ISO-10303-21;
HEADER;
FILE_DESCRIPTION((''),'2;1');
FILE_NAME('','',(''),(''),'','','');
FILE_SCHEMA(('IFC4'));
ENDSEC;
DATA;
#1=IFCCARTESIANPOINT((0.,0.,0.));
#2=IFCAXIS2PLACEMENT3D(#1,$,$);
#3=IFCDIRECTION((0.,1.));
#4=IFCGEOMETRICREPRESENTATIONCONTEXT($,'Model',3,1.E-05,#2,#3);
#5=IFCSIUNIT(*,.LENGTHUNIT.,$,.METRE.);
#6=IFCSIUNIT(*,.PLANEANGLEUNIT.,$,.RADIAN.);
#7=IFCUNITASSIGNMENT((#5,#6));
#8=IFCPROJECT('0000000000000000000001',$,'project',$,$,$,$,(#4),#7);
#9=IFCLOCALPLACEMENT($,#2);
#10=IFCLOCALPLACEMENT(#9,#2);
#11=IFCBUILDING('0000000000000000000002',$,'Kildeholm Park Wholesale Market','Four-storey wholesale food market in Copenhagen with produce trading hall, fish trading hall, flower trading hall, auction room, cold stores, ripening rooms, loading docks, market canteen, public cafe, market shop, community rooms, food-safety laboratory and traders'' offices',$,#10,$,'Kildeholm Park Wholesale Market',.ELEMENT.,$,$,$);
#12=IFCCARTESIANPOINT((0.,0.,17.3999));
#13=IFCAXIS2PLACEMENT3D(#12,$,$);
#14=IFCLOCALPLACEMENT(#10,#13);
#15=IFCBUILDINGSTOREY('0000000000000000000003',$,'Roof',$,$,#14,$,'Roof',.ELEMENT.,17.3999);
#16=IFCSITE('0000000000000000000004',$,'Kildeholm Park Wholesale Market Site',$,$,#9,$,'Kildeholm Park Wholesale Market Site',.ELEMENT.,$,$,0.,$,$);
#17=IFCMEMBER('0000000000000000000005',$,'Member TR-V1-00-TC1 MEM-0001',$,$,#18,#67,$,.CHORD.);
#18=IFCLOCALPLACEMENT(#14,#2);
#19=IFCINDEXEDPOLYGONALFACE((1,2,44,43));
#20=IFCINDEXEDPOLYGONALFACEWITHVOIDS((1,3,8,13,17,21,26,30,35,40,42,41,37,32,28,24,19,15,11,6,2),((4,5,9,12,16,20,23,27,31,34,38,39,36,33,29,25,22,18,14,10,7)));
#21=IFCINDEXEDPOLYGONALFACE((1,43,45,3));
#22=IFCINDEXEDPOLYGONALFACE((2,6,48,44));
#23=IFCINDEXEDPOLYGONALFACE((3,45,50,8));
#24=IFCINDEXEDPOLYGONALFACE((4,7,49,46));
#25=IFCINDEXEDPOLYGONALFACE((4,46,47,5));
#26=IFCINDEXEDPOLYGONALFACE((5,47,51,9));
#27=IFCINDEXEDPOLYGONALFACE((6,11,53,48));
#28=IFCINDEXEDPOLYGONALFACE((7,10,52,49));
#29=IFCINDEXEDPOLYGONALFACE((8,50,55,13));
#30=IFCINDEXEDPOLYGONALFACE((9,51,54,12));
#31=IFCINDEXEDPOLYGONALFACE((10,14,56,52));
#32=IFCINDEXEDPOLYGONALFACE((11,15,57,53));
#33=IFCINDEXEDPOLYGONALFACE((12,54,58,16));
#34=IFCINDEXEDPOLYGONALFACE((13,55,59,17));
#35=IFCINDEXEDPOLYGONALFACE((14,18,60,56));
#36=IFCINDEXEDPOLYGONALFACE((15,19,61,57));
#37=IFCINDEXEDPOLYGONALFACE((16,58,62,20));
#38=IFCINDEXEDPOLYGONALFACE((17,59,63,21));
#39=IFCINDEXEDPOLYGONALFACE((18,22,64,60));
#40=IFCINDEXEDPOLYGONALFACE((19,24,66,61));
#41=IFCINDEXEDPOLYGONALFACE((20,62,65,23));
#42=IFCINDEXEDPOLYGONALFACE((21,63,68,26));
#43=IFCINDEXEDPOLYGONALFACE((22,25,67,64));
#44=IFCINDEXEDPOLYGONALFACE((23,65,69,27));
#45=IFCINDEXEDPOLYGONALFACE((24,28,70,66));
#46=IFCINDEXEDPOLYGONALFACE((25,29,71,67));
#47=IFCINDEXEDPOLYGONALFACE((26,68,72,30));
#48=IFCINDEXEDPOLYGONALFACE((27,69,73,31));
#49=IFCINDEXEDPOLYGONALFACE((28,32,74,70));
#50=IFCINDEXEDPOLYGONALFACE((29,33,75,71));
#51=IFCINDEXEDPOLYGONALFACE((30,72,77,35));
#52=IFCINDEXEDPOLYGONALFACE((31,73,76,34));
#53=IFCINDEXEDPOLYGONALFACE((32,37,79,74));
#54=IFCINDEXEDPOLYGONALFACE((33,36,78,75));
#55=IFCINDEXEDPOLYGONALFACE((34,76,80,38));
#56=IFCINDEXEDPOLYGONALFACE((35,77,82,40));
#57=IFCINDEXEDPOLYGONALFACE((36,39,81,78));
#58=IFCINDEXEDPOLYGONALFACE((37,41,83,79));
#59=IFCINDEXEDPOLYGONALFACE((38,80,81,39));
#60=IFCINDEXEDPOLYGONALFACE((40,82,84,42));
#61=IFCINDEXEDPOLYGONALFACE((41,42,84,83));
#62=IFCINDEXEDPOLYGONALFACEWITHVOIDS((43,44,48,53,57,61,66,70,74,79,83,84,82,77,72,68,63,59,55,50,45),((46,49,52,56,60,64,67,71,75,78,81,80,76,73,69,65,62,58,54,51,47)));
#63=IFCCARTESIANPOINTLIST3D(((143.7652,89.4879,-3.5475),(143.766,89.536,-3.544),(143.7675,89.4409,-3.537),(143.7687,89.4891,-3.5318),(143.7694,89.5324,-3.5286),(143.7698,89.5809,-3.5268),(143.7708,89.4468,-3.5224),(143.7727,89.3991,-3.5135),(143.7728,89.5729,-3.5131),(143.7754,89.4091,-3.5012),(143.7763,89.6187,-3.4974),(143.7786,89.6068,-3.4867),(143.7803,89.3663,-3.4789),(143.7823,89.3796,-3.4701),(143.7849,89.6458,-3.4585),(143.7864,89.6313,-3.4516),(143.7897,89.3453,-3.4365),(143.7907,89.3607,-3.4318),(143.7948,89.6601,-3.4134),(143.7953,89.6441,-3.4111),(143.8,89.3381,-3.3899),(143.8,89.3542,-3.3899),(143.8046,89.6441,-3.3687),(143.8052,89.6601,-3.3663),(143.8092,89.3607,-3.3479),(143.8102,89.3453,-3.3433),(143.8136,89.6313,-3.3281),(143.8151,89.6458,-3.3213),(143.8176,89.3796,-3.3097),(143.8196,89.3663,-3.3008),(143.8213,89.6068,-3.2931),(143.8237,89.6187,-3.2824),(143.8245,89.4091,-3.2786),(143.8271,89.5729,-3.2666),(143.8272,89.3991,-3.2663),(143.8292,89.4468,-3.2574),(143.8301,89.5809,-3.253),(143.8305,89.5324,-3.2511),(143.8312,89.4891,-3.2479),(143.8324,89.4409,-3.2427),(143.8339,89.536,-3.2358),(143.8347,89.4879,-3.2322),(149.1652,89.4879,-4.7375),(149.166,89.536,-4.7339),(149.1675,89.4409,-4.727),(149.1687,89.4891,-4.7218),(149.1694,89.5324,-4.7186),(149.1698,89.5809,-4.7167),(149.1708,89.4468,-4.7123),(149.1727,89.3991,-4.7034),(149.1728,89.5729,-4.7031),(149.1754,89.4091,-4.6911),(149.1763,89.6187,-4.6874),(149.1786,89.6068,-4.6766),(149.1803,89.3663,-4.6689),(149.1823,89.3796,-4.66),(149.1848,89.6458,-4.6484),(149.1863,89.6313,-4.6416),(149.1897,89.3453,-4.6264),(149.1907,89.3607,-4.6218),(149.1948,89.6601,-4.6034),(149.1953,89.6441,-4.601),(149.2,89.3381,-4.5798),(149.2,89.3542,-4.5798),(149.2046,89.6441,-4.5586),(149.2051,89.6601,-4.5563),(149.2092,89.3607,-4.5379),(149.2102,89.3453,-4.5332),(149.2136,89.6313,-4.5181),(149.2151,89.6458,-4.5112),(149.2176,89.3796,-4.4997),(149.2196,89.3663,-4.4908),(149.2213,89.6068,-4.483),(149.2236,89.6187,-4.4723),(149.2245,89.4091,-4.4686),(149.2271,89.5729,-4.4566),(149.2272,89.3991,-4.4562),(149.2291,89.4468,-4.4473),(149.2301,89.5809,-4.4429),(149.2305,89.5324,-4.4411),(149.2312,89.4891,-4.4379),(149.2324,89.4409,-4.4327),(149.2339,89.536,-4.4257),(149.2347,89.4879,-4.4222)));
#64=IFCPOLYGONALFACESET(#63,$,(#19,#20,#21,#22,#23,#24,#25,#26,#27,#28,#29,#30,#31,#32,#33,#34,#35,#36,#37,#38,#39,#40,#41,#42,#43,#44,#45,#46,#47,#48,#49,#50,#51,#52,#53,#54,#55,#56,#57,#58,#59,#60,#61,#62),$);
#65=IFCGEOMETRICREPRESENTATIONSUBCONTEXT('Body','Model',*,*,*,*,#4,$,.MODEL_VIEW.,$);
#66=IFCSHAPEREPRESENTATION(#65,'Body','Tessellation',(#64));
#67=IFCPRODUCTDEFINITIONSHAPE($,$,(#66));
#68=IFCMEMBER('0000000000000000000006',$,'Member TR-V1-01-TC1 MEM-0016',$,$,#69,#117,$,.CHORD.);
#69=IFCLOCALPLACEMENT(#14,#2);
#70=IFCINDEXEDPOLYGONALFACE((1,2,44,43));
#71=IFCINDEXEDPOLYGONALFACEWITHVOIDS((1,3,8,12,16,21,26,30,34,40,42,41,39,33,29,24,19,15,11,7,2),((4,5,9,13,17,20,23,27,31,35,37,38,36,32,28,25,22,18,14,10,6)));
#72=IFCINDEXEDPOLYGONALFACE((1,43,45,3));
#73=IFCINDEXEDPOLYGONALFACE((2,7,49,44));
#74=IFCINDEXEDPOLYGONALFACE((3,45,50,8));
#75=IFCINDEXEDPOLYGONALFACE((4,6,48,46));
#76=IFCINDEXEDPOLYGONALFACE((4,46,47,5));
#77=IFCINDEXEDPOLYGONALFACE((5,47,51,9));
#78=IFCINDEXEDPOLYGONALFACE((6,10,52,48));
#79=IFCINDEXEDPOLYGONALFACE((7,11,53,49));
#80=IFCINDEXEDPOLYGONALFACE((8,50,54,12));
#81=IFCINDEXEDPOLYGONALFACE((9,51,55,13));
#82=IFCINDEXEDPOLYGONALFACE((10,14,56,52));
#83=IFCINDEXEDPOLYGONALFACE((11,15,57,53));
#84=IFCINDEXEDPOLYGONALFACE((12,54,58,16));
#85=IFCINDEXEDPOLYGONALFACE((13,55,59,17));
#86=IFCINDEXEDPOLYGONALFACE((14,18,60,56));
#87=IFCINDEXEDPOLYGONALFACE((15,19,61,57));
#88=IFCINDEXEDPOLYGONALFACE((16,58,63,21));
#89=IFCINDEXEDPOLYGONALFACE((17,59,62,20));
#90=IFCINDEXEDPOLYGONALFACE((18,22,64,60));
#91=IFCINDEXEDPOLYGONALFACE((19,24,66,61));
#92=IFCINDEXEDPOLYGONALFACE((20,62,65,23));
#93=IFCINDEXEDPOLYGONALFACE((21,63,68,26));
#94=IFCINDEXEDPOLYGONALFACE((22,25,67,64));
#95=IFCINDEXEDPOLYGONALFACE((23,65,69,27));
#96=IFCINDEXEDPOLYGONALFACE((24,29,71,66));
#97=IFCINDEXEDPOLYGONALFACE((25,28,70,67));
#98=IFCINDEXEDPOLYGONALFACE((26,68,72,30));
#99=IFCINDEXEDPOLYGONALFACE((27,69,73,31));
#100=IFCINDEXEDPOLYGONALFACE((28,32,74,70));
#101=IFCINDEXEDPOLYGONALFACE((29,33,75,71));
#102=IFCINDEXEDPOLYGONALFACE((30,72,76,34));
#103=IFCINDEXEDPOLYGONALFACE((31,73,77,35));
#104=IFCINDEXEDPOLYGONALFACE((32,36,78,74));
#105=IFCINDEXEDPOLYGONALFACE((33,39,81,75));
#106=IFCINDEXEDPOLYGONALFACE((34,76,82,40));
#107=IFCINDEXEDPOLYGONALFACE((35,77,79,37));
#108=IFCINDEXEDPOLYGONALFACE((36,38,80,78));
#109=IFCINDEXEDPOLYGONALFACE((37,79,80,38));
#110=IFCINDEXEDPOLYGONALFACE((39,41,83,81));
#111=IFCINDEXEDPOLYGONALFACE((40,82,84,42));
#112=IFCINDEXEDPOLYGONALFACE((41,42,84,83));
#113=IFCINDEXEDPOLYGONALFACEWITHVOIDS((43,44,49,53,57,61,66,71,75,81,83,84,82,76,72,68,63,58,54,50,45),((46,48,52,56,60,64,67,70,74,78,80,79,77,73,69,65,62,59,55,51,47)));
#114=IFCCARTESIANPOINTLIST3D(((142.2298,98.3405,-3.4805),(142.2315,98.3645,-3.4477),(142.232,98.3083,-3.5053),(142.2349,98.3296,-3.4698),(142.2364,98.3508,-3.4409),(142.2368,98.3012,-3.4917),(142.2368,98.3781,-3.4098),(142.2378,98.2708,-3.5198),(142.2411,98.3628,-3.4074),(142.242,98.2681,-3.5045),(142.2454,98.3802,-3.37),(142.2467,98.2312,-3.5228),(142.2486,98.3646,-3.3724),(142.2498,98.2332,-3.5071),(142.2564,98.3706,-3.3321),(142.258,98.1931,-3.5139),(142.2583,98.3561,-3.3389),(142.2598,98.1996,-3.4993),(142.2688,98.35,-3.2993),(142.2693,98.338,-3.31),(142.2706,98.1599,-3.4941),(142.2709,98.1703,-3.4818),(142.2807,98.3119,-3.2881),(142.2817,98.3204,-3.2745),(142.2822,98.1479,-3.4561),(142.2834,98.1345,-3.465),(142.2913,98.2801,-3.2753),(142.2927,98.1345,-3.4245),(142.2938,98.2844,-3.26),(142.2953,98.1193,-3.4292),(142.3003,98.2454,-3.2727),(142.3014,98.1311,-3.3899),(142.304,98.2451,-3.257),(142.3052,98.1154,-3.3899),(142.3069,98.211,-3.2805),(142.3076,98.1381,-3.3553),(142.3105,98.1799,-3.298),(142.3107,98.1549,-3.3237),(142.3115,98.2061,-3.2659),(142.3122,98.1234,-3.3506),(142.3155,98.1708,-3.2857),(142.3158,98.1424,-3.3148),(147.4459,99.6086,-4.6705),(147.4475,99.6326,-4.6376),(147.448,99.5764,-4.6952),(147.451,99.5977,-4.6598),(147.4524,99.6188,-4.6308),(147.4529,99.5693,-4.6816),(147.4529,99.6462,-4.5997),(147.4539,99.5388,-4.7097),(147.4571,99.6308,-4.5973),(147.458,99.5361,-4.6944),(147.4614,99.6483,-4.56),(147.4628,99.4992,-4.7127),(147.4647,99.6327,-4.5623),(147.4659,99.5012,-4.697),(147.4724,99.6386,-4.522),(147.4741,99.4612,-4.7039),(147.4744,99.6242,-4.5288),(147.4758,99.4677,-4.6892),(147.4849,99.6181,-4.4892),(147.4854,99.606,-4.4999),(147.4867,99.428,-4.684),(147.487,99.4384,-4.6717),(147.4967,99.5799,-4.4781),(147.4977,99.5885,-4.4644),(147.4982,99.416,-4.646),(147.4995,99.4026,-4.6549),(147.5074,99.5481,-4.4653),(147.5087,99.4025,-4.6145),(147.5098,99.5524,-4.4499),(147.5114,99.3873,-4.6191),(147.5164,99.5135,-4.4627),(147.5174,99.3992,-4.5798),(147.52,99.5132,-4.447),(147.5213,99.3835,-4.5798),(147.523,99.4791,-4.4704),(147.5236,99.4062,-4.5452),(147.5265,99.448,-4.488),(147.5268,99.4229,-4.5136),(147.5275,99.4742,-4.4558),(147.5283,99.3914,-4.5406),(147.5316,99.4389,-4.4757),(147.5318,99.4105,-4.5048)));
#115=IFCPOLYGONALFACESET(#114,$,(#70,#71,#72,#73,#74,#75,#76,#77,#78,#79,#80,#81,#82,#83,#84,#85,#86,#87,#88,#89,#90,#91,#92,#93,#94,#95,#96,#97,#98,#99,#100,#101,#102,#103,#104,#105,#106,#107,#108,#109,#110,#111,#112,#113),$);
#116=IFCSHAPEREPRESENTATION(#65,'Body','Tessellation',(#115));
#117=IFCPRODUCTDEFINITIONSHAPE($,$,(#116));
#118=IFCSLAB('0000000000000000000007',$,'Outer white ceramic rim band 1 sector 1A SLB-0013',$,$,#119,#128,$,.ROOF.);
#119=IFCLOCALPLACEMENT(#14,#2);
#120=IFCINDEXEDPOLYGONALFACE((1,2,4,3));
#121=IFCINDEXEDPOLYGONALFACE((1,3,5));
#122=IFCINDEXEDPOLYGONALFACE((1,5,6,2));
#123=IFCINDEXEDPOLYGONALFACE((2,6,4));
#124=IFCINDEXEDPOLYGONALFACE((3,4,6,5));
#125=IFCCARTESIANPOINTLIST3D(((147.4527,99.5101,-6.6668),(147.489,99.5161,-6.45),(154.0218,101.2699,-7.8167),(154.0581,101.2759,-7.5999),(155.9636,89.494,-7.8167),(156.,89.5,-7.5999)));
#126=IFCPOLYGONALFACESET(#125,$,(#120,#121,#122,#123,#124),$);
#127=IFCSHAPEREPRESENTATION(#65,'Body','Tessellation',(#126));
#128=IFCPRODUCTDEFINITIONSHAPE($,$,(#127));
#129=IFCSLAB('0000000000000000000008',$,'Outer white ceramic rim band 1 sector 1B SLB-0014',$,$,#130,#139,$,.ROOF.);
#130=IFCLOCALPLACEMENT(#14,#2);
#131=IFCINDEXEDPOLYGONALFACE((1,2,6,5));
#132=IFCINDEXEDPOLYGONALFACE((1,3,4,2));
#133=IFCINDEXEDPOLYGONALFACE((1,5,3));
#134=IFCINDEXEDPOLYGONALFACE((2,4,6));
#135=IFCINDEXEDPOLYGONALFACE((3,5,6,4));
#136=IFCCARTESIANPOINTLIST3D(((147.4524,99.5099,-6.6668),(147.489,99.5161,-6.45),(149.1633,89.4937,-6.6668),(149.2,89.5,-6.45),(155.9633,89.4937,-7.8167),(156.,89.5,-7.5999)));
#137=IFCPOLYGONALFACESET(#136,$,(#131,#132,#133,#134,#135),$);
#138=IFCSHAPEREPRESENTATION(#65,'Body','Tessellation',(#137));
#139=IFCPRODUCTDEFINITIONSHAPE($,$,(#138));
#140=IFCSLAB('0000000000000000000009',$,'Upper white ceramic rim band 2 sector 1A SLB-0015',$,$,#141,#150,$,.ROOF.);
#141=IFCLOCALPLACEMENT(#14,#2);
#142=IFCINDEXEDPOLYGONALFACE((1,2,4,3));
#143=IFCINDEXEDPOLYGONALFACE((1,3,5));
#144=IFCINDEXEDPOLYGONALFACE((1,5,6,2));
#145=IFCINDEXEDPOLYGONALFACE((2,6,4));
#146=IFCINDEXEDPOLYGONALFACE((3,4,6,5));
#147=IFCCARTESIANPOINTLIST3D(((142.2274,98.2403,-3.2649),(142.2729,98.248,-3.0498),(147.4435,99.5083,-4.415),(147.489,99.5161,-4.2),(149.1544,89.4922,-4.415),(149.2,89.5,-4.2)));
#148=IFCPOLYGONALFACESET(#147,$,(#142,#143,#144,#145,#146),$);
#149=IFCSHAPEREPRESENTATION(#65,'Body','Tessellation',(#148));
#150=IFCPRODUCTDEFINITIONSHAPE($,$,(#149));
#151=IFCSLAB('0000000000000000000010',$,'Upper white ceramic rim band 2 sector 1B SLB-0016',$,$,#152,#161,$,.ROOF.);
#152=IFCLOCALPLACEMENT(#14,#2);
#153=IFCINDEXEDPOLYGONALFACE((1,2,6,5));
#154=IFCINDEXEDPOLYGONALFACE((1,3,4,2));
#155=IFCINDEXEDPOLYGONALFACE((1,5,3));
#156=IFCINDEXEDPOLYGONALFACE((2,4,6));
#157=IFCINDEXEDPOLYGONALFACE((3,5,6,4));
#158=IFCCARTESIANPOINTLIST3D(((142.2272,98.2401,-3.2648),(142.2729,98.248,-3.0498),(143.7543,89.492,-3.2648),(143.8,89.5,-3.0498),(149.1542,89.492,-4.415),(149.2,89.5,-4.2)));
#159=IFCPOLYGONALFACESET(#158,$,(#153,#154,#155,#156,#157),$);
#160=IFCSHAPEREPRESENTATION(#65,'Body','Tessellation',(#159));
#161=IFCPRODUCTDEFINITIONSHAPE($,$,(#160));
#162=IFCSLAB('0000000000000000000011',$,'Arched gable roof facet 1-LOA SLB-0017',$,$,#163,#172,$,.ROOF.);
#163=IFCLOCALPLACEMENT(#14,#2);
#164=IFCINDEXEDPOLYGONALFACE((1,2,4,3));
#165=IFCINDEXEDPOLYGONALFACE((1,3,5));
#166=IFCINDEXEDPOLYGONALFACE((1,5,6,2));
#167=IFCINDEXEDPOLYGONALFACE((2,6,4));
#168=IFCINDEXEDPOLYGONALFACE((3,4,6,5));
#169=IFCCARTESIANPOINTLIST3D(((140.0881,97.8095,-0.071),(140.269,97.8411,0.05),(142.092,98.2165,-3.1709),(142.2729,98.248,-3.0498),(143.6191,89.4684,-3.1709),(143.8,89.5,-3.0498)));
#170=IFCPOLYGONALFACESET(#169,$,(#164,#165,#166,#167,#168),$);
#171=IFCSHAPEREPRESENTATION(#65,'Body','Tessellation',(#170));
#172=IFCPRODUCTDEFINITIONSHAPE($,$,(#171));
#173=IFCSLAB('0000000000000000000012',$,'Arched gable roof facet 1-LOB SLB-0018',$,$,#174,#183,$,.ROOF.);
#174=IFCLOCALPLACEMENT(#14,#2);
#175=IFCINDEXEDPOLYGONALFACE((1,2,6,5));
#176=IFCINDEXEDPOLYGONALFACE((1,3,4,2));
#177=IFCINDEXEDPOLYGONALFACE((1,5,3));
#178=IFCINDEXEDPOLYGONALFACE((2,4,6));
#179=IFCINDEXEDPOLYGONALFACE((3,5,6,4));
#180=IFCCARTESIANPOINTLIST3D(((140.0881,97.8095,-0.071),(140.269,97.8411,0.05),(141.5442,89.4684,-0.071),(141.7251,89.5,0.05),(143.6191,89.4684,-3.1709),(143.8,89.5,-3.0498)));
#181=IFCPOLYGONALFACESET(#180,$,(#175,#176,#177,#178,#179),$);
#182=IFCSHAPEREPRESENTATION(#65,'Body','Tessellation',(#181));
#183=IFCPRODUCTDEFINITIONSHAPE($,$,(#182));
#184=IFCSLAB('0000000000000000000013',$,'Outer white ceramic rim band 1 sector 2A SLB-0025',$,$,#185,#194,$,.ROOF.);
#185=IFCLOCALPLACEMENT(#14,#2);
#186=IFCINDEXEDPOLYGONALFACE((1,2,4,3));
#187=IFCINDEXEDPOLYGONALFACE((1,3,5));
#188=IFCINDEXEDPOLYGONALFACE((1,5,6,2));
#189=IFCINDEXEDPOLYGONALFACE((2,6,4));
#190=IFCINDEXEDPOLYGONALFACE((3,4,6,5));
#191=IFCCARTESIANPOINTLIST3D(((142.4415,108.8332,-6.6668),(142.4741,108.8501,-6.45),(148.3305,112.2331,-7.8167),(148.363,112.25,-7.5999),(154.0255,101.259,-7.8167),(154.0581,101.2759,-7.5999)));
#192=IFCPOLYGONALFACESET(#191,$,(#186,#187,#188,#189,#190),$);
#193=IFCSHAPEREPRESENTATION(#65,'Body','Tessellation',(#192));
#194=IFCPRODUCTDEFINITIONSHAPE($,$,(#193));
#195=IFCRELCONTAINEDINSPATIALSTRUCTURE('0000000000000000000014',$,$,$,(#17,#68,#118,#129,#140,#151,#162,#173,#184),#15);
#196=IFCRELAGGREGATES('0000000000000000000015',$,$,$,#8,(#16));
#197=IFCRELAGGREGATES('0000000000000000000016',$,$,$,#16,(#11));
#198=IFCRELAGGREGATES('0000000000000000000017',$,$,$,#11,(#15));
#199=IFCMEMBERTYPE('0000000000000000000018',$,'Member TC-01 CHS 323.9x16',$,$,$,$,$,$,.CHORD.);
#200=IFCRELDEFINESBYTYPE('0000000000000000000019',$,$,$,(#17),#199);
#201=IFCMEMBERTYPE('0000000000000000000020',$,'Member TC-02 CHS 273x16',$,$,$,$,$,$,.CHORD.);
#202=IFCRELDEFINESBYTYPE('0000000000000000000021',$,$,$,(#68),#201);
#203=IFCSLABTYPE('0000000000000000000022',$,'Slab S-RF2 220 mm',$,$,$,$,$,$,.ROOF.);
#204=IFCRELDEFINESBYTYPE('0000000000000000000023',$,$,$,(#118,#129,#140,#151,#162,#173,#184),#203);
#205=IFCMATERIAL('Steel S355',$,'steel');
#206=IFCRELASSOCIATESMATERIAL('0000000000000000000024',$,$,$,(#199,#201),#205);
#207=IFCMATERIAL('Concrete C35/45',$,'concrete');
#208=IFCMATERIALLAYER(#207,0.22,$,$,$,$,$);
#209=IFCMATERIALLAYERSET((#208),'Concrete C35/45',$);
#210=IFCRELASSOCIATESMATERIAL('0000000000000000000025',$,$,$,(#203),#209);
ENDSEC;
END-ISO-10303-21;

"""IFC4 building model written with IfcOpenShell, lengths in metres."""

from ifc_helpers import new_model, si_unit, direction, frame, origin, origin_2d, place, context, subcontext, project, spatial, polyline, hollow_circle, outline, extrude, material, layer, layer_set, material_profile, profile_set, type_object, element, save


model = new_model("IFC4")

# Units and contexts
model_context = context("Model", 3, precision=1e-05, world=origin(), true_north=direction((0.0, 1.0)))
body_context = subcontext(model_context, "Body", "Model", "MODEL_VIEW")
ifc_project = project(units=[si_unit("LENGTHUNIT", "METRE"), si_unit("PLANEANGLEUNIT", "RADIAN")], contexts=[model_context])

# Site, building, storey
site_placement = place(None, origin())
site = spatial("IfcSite", under=ifc_project, at=site_placement, Name="Kildeholm Park Wholesale Market Site", LongName="Kildeholm Park Wholesale Market Site", CompositionType="ELEMENT", RefElevation=0.0)
building_placement = place(site_placement, origin())
building = spatial("IfcBuilding", under=site, at=building_placement, Name="Kildeholm Park Wholesale Market", Description="Four-storey wholesale food market in Copenhagen with produce trading hall, fish trading hall, flower trading hall, auction room, cold stores, ripening rooms, loading docks, market canteen, public cafe, market shop, community rooms, food-safety laboratory and traders' offices", LongName="Kildeholm Park Wholesale Market", CompositionType="ELEMENT")
storey_placement = place(building_placement, frame((0.0, 0.0, 17.3999)))
storey = spatial("IfcBuildingStorey", under=building, at=storey_placement, Name="Roof", LongName="Roof", CompositionType="ELEMENT", Elevation=17.3999)

# Shared definitions
ifc_material_1 = material(Name="Steel S355", Category="steel")

# Members
ifc_material_profile_1 = material_profile(ifc_material_1, hollow_circle(Radius=0.1619, WallThickness=0.0161, at=origin_2d()), Name="CHS 323.9x16")
ifc_profile_set_1 = profile_set([ifc_material_profile_1], Name="Steel S355")
member_type_1 = type_object("IfcMemberType", Name="Member TC-01 CHS 323.9x16", PredefinedType="CHORD", material=ifc_profile_set_1)
member_1_placement = place(storey_placement, frame((149.2, 89.5, -4.5798), z_axis=(-0.97657, 0.0, 0.2152), x_axis=(0.0, -1.0, 0.0)))
element("IfcMember", 1, at=member_1_placement, inside=storey, type_object=member_type_1, Name="Member TR-V1-00-TC1 MEM-0001", PredefinedType="CHORD", context=body_context, shape_type="SweptSolid", body=[
    extrude(hollow_circle(Radius=0.1619, WallThickness=0.0161, at=origin_2d()), origin(), (0.0, 0.0, 1.0), 5.5295),
])
ifc_material_profile_2 = material_profile(ifc_material_1, hollow_circle(Radius=0.1365, WallThickness=0.0161, at=origin_2d()), Name="CHS 273x16")
ifc_profile_set_2 = profile_set([ifc_material_profile_2], Name="Steel S355")
member_type_2 = type_object("IfcMemberType", Name="Member TC-02 CHS 273x16", PredefinedType="CHORD", material=ifc_profile_set_2)
member_2_placement = place(storey_placement, frame((147.489, 99.5161, -4.5798), z_axis=(-0.948669, -0.230629, 0.21642), x_axis=(0.236227, -0.971698, 0.0)))
element("IfcMember", 2, at=member_2_placement, inside=storey, type_object=member_type_2, Name="Member TR-V1-01-TC1 MEM-0016", PredefinedType="CHORD", context=body_context, shape_type="SweptSolid", body=[
    extrude(hollow_circle(Radius=0.1365, WallThickness=0.0161, at=origin_2d()), origin(), (0.0, 0.0, 1.0), 5.4983),
])

# Slabs
ifc_material_2 = material(Name="Concrete C35/45", Category="concrete")
ifc_layer_1 = layer(ifc_material_2, 0.22)
ifc_layer_set_1 = layer_set([ifc_layer_1], Name="Concrete C35/45")
slab_type = type_object("IfcSlabType", Name="Slab S-RF2 220 mm", PredefinedType="ROOF", material=ifc_layer_set_1)
slab_1_placement = place(storey_placement, frame((156.0, 89.5, -7.5999), z_axis=(0.165273, 0.027254, 0.985871), x_axis=(-0.162707, 0.986674, 0.0)))
element("IfcSlab", 3, at=slab_1_placement, inside=storey, type_object=slab_type, Name="Outer white ceramic rim band 1 sector 1A SLB-0013", PredefinedType="ROOF", context=body_context, shape_type="SweptSolid", body=[
    extrude(outline(polyline([(0.0, 0.0), (11.9349, 0.0), (11.2674, 6.8649), (0.0, 0.0)])), origin(), (0.0, 0.0, -1.0), 0.22),
])
slab_2_placement = place(storey_placement, frame((156.0, 89.5, -7.5999), z_axis=(0.166667, 0.02847, 0.985602), x_axis=(-0.645065, 0.759141, 0.087153)))
element("IfcSlab", 4, at=slab_2_placement, inside=storey, type_object=slab_type, Name="Outer white ceramic rim band 1 sector 1B SLB-0014", PredefinedType="ROOF", context=body_context, shape_type="SweptSolid", body=[
    extrude(outline(polyline([(0.0, 0.0), (13.194, 0.0), (4.4867, 5.2376), (0.0, 0.0)])), origin(), (0.0, 0.0, -1.0), 0.22),
])
slab_3_placement = place(storey_placement, frame((149.2, 89.5, -4.2), z_axis=(0.206989, 0.035358, 0.977704), x_axis=(-0.16838, 0.985722, 0.0)))
element("IfcSlab", 5, at=slab_3_placement, inside=storey, type_object=slab_type, Name="Upper white ceramic rim band 2 sector 1A SLB-0015", PredefinedType="ROOF", context=body_context, shape_type="SweptSolid", body=[
    extrude(outline(polyline([(0.0, 0.0), (10.1612, 0.0), (9.7895, 5.4772), (0.0, 0.0)])), origin(), (0.0, 0.0, -1.0), 0.22),
])
slab_4_placement = place(storey_placement, frame((149.2, 89.5, -4.2), z_axis=(0.208183, 0.036341, 0.977414), x_axis=(-0.617512, 0.77985, 0.102531)))
element("IfcSlab", 6, at=slab_4_placement, inside=storey, type_object=slab_type, Name="Upper white ceramic rim band 2 sector 1B SLB-0016", PredefinedType="ROOF", context=body_context, shape_type="SweptSolid", body=[
    extrude(outline(polyline([(0.0, 0.0), (11.2176, 0.0), (3.4524, 4.3084), (0.0, 0.0)])), origin(), (0.0, 0.0, -1.0), 0.22),
])
slab_5_placement = place(storey_placement, frame((143.8, 89.5, -3.0498), z_axis=(0.822403, 0.143563, 0.550493), x_axis=(-0.171964, 0.985103, 0.0)))
element("IfcSlab", 7, at=slab_5_placement, inside=storey, type_object=slab_type, Name="Arched gable roof facet 1-LOA SLB-0017", PredefinedType="ROOF", context=body_context, shape_type="SweptSolid", body=[
    extrude(outline(polyline([(0.0, 0.0), (8.8803, 0.0), (8.824, 3.7131), (0.0, 0.0)])), origin(), (0.0, 0.0, -1.0), 0.22),
])
slab_6_placement = place(storey_placement, frame((143.8, 89.5, -3.0498), z_axis=(0.822403, 0.143563, 0.550493), x_axis=(-0.368834, 0.871273, 0.323798)))
element("IfcSlab", 8, at=slab_6_placement, inside=storey, type_object=slab_type, Name="Arched gable roof facet 1-LOB SLB-0018", PredefinedType="ROOF", context=body_context, shape_type="SweptSolid", body=[
    extrude(outline(polyline([(0.0, 0.0), (9.5734, 0.0), (1.769, 3.2841), (0.0, 0.0)])), origin(), (0.0, 0.0, -1.0), 0.22),
])
slab_7_placement = place(storey_placement, frame((154.0581, 101.2759, -7.5999), z_axis=(0.148142, 0.076879, 0.985974), x_axis=(-0.460622, 0.887596, 0.0)))
element("IfcSlab", 9, at=slab_7_placement, inside=storey, type_object=slab_type, Name="Outer white ceramic rim band 1 sector 2A SLB-0025", PredefinedType="ROOF", context=body_context, shape_type="SweptSolid", body=[
    extrude(outline(polyline([(0.0, 0.0), (12.3639, 0.0), (12.0587, 6.8897), (0.0, 0.0)])), origin(), (0.0, 0.0, -1.0), 0.22),
])

save(model, "model.ifc")
